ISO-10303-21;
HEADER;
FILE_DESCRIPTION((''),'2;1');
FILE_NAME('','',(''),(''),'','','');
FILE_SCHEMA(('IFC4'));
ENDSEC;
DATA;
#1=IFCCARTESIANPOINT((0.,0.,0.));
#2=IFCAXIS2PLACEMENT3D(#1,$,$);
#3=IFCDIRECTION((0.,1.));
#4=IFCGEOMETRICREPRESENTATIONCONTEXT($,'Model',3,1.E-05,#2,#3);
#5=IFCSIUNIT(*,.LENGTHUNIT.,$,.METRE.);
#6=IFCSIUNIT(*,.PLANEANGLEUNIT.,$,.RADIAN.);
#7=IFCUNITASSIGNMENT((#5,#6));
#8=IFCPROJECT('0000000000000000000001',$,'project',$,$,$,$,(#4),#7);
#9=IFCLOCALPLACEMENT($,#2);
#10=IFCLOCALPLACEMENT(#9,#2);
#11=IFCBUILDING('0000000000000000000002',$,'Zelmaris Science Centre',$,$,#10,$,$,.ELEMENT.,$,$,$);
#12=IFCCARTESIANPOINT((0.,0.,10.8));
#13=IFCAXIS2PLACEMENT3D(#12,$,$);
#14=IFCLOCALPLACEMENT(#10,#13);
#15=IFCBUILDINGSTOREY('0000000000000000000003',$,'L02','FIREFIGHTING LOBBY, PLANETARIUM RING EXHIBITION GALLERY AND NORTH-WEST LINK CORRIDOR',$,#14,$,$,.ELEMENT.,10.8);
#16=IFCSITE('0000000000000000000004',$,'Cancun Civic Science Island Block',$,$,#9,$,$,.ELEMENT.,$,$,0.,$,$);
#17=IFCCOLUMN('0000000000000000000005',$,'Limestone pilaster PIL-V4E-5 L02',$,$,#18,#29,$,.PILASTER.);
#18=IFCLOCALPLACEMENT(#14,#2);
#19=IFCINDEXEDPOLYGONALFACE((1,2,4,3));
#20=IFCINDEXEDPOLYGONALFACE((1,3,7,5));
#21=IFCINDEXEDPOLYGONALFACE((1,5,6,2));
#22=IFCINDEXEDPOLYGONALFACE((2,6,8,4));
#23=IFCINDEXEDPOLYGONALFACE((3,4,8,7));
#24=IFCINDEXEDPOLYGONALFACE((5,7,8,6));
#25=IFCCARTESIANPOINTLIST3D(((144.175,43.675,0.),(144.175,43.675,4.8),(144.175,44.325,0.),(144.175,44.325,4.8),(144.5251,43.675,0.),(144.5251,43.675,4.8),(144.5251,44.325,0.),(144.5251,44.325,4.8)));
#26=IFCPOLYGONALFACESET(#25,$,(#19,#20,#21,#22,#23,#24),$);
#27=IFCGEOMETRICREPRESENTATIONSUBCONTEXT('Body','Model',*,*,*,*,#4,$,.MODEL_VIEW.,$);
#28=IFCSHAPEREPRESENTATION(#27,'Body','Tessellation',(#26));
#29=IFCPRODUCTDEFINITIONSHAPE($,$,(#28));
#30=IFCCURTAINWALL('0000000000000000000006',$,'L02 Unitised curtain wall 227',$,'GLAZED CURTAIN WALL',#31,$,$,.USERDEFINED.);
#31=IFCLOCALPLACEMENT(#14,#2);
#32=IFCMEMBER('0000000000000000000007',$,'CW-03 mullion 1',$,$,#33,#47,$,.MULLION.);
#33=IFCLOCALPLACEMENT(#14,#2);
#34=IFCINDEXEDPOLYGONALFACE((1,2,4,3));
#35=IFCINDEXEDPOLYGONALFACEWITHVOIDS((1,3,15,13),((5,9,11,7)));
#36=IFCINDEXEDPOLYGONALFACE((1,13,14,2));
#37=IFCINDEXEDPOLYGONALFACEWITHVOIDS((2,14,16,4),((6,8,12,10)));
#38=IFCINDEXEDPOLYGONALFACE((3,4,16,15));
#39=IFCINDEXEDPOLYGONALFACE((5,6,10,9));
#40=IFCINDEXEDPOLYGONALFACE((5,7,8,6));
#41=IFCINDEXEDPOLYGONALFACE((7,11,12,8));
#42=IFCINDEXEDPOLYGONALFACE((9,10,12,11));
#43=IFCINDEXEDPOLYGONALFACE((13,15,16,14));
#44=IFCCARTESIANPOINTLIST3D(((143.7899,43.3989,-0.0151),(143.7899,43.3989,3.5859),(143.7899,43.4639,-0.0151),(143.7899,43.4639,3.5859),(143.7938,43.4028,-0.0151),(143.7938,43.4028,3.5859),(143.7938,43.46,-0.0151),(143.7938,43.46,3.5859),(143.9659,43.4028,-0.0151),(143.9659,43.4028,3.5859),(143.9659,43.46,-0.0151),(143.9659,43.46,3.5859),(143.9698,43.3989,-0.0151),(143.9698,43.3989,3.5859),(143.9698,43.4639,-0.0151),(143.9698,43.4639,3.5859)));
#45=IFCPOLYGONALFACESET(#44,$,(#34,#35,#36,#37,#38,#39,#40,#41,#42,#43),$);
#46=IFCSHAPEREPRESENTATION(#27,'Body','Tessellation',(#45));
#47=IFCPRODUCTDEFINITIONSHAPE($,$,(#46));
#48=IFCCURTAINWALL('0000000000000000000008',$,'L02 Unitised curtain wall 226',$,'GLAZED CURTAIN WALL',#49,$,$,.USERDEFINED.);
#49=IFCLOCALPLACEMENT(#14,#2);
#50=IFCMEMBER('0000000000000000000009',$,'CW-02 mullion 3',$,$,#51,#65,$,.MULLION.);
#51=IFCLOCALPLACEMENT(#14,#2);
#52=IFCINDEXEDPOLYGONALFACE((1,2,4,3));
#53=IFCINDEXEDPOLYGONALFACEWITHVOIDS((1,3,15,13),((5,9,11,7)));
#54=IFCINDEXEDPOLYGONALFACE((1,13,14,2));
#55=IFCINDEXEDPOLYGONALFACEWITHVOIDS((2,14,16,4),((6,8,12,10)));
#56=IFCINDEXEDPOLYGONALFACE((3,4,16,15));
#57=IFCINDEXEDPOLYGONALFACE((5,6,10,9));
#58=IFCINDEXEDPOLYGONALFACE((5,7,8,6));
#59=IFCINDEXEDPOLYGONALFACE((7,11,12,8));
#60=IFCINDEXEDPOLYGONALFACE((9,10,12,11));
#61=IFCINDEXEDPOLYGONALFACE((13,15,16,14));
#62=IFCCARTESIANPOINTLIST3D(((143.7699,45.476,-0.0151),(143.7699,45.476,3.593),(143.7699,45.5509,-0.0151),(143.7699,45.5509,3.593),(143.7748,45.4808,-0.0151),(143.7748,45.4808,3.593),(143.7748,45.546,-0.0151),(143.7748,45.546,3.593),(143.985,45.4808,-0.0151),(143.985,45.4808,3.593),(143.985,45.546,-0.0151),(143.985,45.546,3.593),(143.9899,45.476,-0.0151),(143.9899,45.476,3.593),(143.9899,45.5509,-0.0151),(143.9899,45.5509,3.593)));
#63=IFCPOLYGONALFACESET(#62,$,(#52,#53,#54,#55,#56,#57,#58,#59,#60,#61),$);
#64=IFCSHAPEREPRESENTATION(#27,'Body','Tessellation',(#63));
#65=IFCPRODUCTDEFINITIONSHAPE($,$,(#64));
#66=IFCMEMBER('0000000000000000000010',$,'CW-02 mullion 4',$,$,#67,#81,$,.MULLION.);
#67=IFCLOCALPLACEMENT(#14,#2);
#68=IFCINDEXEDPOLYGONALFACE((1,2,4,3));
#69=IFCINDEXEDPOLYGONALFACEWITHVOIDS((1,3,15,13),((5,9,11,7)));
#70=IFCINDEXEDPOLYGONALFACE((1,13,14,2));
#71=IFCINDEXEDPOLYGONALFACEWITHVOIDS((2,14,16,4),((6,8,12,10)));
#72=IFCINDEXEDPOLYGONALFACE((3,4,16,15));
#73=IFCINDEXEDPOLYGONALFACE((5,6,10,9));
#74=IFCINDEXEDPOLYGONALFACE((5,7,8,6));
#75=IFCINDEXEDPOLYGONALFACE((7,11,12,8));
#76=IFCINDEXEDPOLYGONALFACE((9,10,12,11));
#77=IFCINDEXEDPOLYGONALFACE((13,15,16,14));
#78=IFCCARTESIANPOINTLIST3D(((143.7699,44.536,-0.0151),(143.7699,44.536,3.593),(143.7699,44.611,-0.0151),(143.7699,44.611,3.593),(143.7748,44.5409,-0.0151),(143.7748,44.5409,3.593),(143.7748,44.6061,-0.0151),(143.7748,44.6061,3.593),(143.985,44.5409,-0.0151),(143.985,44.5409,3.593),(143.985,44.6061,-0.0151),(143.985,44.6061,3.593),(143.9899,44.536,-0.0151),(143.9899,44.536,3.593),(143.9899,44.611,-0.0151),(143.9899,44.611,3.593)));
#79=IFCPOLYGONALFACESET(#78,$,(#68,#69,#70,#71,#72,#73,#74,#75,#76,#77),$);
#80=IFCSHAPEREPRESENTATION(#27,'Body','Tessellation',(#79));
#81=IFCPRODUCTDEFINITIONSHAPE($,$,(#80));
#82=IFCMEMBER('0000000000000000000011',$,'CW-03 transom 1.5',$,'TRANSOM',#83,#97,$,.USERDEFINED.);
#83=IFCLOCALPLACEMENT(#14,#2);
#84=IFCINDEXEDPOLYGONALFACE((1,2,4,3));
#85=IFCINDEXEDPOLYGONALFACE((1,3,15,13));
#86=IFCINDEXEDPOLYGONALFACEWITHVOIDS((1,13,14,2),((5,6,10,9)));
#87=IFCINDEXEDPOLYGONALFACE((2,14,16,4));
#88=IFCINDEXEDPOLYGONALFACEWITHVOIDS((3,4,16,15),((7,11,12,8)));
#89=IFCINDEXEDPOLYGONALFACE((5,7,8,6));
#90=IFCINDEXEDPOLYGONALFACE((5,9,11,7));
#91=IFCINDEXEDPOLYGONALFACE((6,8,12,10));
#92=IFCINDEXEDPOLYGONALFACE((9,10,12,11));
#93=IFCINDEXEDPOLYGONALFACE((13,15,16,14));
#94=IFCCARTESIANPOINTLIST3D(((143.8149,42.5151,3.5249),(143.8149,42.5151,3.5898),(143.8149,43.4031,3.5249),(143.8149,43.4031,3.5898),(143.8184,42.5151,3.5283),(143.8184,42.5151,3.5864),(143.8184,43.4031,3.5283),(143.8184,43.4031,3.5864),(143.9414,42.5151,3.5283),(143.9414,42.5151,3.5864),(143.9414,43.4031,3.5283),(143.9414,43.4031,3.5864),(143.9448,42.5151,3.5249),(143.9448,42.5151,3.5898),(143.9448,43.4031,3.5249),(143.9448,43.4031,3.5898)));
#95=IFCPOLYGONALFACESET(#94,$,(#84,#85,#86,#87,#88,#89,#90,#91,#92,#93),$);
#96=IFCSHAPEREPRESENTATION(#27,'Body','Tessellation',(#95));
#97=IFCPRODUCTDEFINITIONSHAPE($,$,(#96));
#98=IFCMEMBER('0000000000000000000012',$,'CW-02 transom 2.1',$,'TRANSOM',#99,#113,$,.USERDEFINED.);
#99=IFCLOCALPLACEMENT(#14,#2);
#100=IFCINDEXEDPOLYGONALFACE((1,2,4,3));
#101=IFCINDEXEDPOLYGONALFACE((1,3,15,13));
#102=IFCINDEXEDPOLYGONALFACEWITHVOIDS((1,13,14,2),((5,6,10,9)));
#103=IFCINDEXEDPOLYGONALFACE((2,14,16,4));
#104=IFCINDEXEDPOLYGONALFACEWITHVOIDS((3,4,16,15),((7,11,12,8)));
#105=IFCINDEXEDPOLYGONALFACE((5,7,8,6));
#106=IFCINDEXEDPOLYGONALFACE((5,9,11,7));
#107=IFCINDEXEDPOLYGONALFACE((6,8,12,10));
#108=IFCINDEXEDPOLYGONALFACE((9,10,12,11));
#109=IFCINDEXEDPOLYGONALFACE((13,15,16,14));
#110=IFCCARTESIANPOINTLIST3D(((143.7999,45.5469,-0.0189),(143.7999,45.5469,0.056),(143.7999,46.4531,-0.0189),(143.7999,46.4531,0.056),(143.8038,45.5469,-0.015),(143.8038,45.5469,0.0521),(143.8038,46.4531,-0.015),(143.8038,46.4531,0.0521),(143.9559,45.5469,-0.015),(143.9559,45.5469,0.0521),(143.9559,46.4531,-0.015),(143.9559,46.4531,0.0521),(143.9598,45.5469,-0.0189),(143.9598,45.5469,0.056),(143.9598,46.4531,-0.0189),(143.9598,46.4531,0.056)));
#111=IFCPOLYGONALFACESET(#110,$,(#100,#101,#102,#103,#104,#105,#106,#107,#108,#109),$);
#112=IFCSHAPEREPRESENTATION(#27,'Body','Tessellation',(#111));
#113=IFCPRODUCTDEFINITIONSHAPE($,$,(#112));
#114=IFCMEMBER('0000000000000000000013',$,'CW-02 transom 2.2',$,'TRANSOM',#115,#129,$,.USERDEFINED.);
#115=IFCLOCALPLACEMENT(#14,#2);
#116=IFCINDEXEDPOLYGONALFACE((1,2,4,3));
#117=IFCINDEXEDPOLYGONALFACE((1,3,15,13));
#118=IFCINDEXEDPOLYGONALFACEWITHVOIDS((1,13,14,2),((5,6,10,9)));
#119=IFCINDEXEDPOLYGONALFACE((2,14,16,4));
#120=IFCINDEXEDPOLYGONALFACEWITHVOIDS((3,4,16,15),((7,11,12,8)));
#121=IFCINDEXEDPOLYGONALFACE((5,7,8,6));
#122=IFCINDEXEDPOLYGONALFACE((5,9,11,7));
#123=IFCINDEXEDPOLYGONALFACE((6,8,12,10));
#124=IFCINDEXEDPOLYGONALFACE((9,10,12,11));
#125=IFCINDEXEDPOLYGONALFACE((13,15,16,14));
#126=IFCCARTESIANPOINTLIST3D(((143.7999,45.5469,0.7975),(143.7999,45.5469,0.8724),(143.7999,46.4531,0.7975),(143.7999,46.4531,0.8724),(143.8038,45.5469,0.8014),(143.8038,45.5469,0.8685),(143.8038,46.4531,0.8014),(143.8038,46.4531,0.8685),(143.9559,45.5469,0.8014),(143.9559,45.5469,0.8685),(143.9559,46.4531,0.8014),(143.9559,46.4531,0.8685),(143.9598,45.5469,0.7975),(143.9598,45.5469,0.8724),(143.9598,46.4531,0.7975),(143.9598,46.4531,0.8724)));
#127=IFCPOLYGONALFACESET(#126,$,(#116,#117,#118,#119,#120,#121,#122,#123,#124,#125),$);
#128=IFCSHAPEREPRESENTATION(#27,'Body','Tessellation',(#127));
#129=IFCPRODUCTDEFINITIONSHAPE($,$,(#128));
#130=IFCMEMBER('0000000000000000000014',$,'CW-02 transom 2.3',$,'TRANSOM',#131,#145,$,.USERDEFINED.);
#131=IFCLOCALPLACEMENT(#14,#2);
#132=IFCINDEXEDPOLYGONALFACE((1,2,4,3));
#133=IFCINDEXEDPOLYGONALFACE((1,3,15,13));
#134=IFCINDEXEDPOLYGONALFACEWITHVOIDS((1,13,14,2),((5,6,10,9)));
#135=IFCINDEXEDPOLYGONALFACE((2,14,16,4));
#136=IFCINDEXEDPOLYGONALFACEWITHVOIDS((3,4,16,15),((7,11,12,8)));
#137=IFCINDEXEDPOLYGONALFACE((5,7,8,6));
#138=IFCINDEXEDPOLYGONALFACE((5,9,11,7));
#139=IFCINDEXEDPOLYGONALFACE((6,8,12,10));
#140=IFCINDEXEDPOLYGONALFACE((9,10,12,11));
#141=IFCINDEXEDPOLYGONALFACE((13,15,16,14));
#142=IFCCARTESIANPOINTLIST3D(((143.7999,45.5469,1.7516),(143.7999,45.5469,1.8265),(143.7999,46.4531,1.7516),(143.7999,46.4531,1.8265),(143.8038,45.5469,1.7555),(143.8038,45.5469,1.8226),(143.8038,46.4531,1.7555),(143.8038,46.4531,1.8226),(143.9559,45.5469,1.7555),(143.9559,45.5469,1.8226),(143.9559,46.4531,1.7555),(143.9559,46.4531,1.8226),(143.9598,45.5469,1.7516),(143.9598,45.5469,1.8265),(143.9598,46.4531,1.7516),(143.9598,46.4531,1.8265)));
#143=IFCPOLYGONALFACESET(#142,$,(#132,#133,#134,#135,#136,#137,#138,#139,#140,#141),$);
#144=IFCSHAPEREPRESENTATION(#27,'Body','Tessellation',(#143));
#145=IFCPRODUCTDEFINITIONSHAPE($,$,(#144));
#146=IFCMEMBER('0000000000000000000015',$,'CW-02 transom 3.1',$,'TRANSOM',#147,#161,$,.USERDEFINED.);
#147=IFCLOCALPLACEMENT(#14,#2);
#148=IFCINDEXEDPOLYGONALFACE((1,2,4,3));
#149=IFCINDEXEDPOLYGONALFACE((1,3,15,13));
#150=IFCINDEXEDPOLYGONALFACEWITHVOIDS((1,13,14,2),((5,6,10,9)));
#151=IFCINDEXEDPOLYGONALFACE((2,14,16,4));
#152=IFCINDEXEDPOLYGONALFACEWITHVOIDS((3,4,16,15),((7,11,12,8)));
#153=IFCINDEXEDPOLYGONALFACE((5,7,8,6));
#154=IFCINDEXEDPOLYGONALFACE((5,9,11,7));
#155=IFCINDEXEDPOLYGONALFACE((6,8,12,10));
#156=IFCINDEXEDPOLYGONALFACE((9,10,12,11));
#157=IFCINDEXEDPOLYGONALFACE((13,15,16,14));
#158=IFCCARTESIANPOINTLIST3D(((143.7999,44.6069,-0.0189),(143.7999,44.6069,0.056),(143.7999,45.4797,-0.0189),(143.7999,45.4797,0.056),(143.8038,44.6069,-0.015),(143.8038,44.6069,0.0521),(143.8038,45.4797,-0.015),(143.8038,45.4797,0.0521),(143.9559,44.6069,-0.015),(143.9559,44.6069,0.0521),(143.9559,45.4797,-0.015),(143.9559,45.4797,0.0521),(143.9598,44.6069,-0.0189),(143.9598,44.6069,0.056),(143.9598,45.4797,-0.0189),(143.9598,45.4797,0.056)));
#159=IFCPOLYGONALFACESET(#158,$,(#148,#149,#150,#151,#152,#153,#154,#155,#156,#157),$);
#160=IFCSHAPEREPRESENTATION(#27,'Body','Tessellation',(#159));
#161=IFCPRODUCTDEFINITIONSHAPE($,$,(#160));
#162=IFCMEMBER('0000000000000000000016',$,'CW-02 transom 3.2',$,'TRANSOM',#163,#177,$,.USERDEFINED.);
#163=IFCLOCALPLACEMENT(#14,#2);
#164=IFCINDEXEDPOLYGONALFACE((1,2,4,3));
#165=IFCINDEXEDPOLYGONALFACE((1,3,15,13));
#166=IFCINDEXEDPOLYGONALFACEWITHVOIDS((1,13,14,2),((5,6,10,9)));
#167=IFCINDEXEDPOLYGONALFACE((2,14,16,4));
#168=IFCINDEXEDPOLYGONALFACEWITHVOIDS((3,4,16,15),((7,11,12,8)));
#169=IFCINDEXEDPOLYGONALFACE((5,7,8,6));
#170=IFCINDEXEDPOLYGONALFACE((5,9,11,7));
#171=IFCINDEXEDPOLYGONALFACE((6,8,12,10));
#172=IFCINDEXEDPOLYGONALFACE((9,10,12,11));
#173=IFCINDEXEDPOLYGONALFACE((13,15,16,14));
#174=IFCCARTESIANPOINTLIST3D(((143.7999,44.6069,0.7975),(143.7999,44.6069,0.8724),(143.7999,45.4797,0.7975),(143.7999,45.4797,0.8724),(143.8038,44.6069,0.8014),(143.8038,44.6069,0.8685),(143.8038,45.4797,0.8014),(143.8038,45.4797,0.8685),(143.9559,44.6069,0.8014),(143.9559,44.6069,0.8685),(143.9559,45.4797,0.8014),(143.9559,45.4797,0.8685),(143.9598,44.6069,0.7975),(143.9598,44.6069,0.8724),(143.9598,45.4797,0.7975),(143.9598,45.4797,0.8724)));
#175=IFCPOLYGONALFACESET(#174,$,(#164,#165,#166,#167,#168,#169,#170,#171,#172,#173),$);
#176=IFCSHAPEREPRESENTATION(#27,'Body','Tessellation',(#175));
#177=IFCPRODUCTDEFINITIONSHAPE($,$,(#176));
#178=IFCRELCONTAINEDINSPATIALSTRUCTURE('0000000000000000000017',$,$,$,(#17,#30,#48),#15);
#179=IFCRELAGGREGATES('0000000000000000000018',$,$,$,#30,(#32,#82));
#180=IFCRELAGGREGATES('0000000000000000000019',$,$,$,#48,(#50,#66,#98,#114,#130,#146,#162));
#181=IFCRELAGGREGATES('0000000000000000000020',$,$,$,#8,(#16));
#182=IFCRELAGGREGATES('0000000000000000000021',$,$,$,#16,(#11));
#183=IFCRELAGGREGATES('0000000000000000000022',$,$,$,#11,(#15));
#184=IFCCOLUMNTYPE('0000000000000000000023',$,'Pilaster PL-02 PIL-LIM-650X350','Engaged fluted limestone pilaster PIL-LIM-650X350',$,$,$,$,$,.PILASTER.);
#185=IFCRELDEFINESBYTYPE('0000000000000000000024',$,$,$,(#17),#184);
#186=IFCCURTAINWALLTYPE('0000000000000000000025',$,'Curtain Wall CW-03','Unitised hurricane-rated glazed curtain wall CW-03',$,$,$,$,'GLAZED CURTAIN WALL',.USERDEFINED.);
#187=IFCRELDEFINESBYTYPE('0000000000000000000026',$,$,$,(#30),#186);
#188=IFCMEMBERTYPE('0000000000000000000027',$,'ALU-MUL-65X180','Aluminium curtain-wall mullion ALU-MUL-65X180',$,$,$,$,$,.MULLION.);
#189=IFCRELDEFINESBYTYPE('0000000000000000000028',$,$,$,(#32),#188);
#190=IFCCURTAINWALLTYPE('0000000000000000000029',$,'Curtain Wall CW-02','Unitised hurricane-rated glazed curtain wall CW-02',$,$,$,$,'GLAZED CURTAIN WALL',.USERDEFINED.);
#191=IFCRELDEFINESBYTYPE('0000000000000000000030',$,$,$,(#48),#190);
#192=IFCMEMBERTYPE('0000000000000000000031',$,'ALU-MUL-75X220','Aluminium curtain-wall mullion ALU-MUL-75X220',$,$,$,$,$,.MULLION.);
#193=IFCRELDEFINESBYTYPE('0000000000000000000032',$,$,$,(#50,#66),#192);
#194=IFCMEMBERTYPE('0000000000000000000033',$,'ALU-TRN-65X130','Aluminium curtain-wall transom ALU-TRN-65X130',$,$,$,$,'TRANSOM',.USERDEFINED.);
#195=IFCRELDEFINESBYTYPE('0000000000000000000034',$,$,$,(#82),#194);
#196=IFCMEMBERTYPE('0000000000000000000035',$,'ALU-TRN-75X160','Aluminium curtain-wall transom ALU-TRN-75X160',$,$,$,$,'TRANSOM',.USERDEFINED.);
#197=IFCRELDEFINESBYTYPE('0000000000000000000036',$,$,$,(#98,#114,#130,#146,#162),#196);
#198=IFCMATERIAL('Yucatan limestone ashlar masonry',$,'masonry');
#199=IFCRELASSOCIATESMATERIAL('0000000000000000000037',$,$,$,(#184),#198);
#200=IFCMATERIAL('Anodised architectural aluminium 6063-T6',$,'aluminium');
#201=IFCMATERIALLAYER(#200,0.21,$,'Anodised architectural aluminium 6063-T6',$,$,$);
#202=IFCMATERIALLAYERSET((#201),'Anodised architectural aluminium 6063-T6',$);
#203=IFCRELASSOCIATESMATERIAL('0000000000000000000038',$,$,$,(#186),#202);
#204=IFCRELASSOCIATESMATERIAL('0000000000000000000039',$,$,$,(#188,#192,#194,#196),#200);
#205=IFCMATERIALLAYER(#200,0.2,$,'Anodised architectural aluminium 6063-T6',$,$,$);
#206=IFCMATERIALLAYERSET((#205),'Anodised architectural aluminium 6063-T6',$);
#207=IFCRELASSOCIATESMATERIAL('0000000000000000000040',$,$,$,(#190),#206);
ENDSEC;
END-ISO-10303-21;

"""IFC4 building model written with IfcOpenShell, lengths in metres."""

from ifc_helpers import new_model, si_unit, direction, frame, origin, origin_2d, place, context, subcontext, project, spatial, rectangle, hollow_rectangle, extrude, material, layer, layer_set, material_profile, profile_set, type_object, element, aggregate, save


model = new_model("IFC4")

# Units and contexts
model_context = context("Model", 3, precision=1e-05, world=origin(), true_north=direction((0.0, 1.0)))
body_context = subcontext(model_context, "Body", "Model", "MODEL_VIEW")
ifc_project = project(units=[si_unit("LENGTHUNIT", "METRE"), si_unit("PLANEANGLEUNIT", "RADIAN")], contexts=[model_context])

# Site, building, storey
site_placement = place(None, origin())
site = spatial("IfcSite", under=ifc_project, at=site_placement, Name="Cancun Civic Science Island Block", CompositionType="ELEMENT", RefElevation=0.0)
building_placement = place(site_placement, origin())
building = spatial("IfcBuilding", under=site, at=building_placement, Name="Zelmaris Science Centre", CompositionType="ELEMENT")
storey_placement = place(building_placement, frame((0.0, 0.0, 10.8)))
storey = spatial("IfcBuildingStorey", under=building, at=storey_placement, Name="L02", Description="FIREFIGHTING LOBBY, PLANETARIUM RING EXHIBITION GALLERY AND NORTH-WEST LINK CORRIDOR", CompositionType="ELEMENT", Elevation=10.8)

# Column
ifc_material_1 = material(Name="Yucatan limestone ashlar masonry", Category="masonry")
ifc_material_profile_1 = material_profile(ifc_material_1, rectangle(XDim=0.6499, YDim=0.3501, at=origin_2d()), Name="PIL-LIM-650X350")
ifc_profile_set_1 = profile_set([ifc_material_profile_1], Name="Yucatan limestone ashlar masonry")
column_type = type_object("IfcColumnType", Name="Pilaster PL-02 PIL-LIM-650X350", Description="Engaged fluted limestone pilaster PIL-LIM-650X350", PredefinedType="PILASTER", material=ifc_profile_set_1)
column_placement = place(storey_placement, frame((144.3501, 44.0, 0.0), z_axis=(0.0, 0.0, 1.0), x_axis=(0.0, 1.0, 0.0)))
element("IfcColumn", 1, at=column_placement, inside=storey, type_object=column_type, Name="Limestone pilaster PIL-V4E-5 L02", PredefinedType="PILASTER", context=body_context, shape_type="SweptSolid", body=[
    extrude(rectangle(XDim=0.6499, YDim=0.3501, at=origin_2d()), origin(), (0.0, 0.0, 1.0), 4.8),
])

# Curtain wall, member
ifc_material_2 = material(Name="Anodised architectural aluminium 6063-T6", Category="aluminium")
ifc_layer_1 = layer(ifc_material_2, 0.21, Name="Anodised architectural aluminium 6063-T6")
ifc_layer_set_1 = layer_set([ifc_layer_1], Name="Anodised architectural aluminium 6063-T6")
curtain_wall_type_1 = type_object("IfcCurtainWallType", Name="Curtain Wall CW-03", Description="Unitised hurricane-rated glazed curtain wall CW-03", ElementType="GLAZED CURTAIN WALL", PredefinedType="USERDEFINED", material=ifc_layer_set_1)
curtain_wall_1_placement = place(storey_placement, origin())
curtain_wall_1 = element("IfcCurtainWall", 2, at=curtain_wall_1_placement, inside=storey, type_object=curtain_wall_type_1, Name="L02 Unitised curtain wall 227", ObjectType="GLAZED CURTAIN WALL", PredefinedType="USERDEFINED")
ifc_material_profile_2 = material_profile(ifc_material_2, hollow_rectangle(XDim=0.0649, YDim=0.1799, WallThickness=0.0039, at=origin_2d()), Name="ALU-MUL-65X180")
ifc_profile_set_2 = profile_set([ifc_material_profile_2], Name="Anodised architectural aluminium 6063-T6")
member_type_1 = type_object("IfcMemberType", Name="ALU-MUL-65X180", Description="Aluminium curtain-wall mullion ALU-MUL-65X180", PredefinedType="MULLION", material=ifc_profile_set_2)
member_1_placement = place(storey_placement, frame((143.8799, 43.4314, -0.0151), z_axis=(0.0, 0.0, 1.0), x_axis=(0.0, -1.0, 0.0)))
member_1 = element("IfcMember", 3, at=member_1_placement, type_object=member_type_1, Name="CW-03 mullion 1", PredefinedType="MULLION", context=body_context, shape_type="SweptSolid", body=[
    extrude(hollow_rectangle(XDim=0.0649, YDim=0.1799, WallThickness=0.0039, at=origin_2d()), origin(), (0.0, 0.0, 1.0), 3.6011),
])

# Curtain wall, members
ifc_layer_2 = layer(ifc_material_2, 0.2, Name="Anodised architectural aluminium 6063-T6")
ifc_layer_set_2 = layer_set([ifc_layer_2], Name="Anodised architectural aluminium 6063-T6")
curtain_wall_type_2 = type_object("IfcCurtainWallType", Name="Curtain Wall CW-02", Description="Unitised hurricane-rated glazed curtain wall CW-02", ElementType="GLAZED CURTAIN WALL", PredefinedType="USERDEFINED", material=ifc_layer_set_2)
curtain_wall_2_placement = place(storey_placement, origin())
curtain_wall_2 = element("IfcCurtainWall", 4, at=curtain_wall_2_placement, inside=storey, type_object=curtain_wall_type_2, Name="L02 Unitised curtain wall 226", ObjectType="GLAZED CURTAIN WALL", PredefinedType="USERDEFINED")
ifc_material_profile_3 = material_profile(ifc_material_2, hollow_rectangle(XDim=0.075, YDim=0.22, WallThickness=0.0049, at=origin_2d()), Name="ALU-MUL-75X220")
ifc_profile_set_3 = profile_set([ifc_material_profile_3], Name="Anodised architectural aluminium 6063-T6")
member_type_2 = type_object("IfcMemberType", Name="ALU-MUL-75X220", Description="Aluminium curtain-wall mullion ALU-MUL-75X220", PredefinedType="MULLION", material=ifc_profile_set_3)
member_2_placement = place(storey_placement, frame((143.8799, 45.5134, -0.0151), z_axis=(0.0, 0.0, 1.0), x_axis=(0.0, -1.0, 0.0)))
member_2 = element("IfcMember", 5, at=member_2_placement, type_object=member_type_2, Name="CW-02 mullion 3", PredefinedType="MULLION", context=body_context, shape_type="SweptSolid", body=[
    extrude(hollow_rectangle(XDim=0.075, YDim=0.22, WallThickness=0.0049, at=origin_2d()), origin(), (0.0, 0.0, 1.0), 3.6082),
])
member_3_placement = place(storey_placement, frame((143.8799, 44.5735, -0.0151), z_axis=(0.0, 0.0, 1.0), x_axis=(0.0, -1.0, 0.0)))
member_3 = element("IfcMember", 6, at=member_3_placement, type_object=member_type_2, Name="CW-02 mullion 4", PredefinedType="MULLION", context=body_context, shape_type="SweptSolid", body=[
    extrude(hollow_rectangle(XDim=0.075, YDim=0.22, WallThickness=0.0049, at=origin_2d()), origin(), (0.0, 0.0, 1.0), 3.6082),
])

# Members
ifc_material_profile_4 = material_profile(ifc_material_2, hollow_rectangle(XDim=0.0649, YDim=0.1299, WallThickness=0.0034, at=origin_2d()), Name="ALU-TRN-65X130")
ifc_profile_set_4 = profile_set([ifc_material_profile_4], Name="Anodised architectural aluminium 6063-T6")
member_type_3 = type_object("IfcMemberType", Name="ALU-TRN-65X130", Description="Aluminium curtain-wall transom ALU-TRN-65X130", ElementType="TRANSOM", PredefinedType="USERDEFINED", material=ifc_profile_set_4)
member_4_placement = place(storey_placement, frame((143.8799, 43.4031, 3.5574), z_axis=(0.0, -1.0, 0.0), x_axis=(0.0, 0.0, 1.0)))
member_4 = element("IfcMember", 7, at=member_4_placement, type_object=member_type_3, Name="CW-03 transom 1.5", ObjectType="TRANSOM", PredefinedType="USERDEFINED", context=body_context, shape_type="SweptSolid", body=[
    extrude(hollow_rectangle(XDim=0.0649, YDim=0.1299, WallThickness=0.0034, at=origin_2d()), origin(), (0.0, 0.0, 1.0), 0.8879),
])
aggregate(curtain_wall_1, [member_1, member_4])
ifc_material_profile_5 = material_profile(ifc_material_2, hollow_rectangle(XDim=0.075, YDim=0.1599, WallThickness=0.0039, at=origin_2d()), Name="ALU-TRN-75X160")
ifc_profile_set_5 = profile_set([ifc_material_profile_5], Name="Anodised architectural aluminium 6063-T6")
member_type_4 = type_object("IfcMemberType", Name="ALU-TRN-75X160", Description="Aluminium curtain-wall transom ALU-TRN-75X160", ElementType="TRANSOM", PredefinedType="USERDEFINED", material=ifc_profile_set_5)
member_5_placement = place(storey_placement, frame((143.8799, 46.4531, 0.0186), z_axis=(0.0, -1.0, 0.0), x_axis=(0.0, 0.0, 1.0)))
member_5 = element("IfcMember", 8, at=member_5_placement, type_object=member_type_4, Name="CW-02 transom 2.1", ObjectType="TRANSOM", PredefinedType="USERDEFINED", context=body_context, shape_type="SweptSolid", body=[
    extrude(hollow_rectangle(XDim=0.075, YDim=0.1599, WallThickness=0.0039, at=origin_2d()), origin(), (0.0, 0.0, 1.0), 0.9062),
])
member_6_placement = place(storey_placement, frame((143.8799, 46.4531, 0.835), z_axis=(0.0, -1.0, 0.0), x_axis=(0.0, 0.0, 1.0)))
member_6 = element("IfcMember", 9, at=member_6_placement, type_object=member_type_4, Name="CW-02 transom 2.2", ObjectType="TRANSOM", PredefinedType="USERDEFINED", context=body_context, shape_type="SweptSolid", body=[
    extrude(hollow_rectangle(XDim=0.075, YDim=0.1599, WallThickness=0.0039, at=origin_2d()), origin(), (0.0, 0.0, 1.0), 0.9062),
])
member_7_placement = place(storey_placement, frame((143.8799, 46.4531, 1.7891), z_axis=(0.0, -1.0, 0.0), x_axis=(0.0, 0.0, 1.0)))
member_7 = element("IfcMember", 10, at=member_7_placement, type_object=member_type_4, Name="CW-02 transom 2.3", ObjectType="TRANSOM", PredefinedType="USERDEFINED", context=body_context, shape_type="SweptSolid", body=[
    extrude(hollow_rectangle(XDim=0.075, YDim=0.1599, WallThickness=0.0039, at=origin_2d()), origin(), (0.0, 0.0, 1.0), 0.9062),
])
member_8_placement = place(storey_placement, frame((143.8799, 45.4797, 0.0186), z_axis=(0.0, -1.0, 0.0), x_axis=(0.0, 0.0, 1.0)))
member_8 = element("IfcMember", 11, at=member_8_placement, type_object=member_type_4, Name="CW-02 transom 3.1", ObjectType="TRANSOM", PredefinedType="USERDEFINED", context=body_context, shape_type="SweptSolid", body=[
    extrude(hollow_rectangle(XDim=0.075, YDim=0.1599, WallThickness=0.0039, at=origin_2d()), origin(), (0.0, 0.0, 1.0), 0.8728),
])
member_9_placement = place(storey_placement, frame((143.8799, 45.4797, 0.835), z_axis=(0.0, -1.0, 0.0), x_axis=(0.0, 0.0, 1.0)))
member_9 = element("IfcMember", 12, at=member_9_placement, type_object=member_type_4, Name="CW-02 transom 3.2", ObjectType="TRANSOM", PredefinedType="USERDEFINED", context=body_context, shape_type="SweptSolid", body=[
    extrude(hollow_rectangle(XDim=0.075, YDim=0.1599, WallThickness=0.0039, at=origin_2d()), origin(), (0.0, 0.0, 1.0), 0.8728),
])

aggregate(curtain_wall_2, [member_2, member_3, member_5, member_6, member_7, member_8, member_9])

save(model, "model.ifc")
